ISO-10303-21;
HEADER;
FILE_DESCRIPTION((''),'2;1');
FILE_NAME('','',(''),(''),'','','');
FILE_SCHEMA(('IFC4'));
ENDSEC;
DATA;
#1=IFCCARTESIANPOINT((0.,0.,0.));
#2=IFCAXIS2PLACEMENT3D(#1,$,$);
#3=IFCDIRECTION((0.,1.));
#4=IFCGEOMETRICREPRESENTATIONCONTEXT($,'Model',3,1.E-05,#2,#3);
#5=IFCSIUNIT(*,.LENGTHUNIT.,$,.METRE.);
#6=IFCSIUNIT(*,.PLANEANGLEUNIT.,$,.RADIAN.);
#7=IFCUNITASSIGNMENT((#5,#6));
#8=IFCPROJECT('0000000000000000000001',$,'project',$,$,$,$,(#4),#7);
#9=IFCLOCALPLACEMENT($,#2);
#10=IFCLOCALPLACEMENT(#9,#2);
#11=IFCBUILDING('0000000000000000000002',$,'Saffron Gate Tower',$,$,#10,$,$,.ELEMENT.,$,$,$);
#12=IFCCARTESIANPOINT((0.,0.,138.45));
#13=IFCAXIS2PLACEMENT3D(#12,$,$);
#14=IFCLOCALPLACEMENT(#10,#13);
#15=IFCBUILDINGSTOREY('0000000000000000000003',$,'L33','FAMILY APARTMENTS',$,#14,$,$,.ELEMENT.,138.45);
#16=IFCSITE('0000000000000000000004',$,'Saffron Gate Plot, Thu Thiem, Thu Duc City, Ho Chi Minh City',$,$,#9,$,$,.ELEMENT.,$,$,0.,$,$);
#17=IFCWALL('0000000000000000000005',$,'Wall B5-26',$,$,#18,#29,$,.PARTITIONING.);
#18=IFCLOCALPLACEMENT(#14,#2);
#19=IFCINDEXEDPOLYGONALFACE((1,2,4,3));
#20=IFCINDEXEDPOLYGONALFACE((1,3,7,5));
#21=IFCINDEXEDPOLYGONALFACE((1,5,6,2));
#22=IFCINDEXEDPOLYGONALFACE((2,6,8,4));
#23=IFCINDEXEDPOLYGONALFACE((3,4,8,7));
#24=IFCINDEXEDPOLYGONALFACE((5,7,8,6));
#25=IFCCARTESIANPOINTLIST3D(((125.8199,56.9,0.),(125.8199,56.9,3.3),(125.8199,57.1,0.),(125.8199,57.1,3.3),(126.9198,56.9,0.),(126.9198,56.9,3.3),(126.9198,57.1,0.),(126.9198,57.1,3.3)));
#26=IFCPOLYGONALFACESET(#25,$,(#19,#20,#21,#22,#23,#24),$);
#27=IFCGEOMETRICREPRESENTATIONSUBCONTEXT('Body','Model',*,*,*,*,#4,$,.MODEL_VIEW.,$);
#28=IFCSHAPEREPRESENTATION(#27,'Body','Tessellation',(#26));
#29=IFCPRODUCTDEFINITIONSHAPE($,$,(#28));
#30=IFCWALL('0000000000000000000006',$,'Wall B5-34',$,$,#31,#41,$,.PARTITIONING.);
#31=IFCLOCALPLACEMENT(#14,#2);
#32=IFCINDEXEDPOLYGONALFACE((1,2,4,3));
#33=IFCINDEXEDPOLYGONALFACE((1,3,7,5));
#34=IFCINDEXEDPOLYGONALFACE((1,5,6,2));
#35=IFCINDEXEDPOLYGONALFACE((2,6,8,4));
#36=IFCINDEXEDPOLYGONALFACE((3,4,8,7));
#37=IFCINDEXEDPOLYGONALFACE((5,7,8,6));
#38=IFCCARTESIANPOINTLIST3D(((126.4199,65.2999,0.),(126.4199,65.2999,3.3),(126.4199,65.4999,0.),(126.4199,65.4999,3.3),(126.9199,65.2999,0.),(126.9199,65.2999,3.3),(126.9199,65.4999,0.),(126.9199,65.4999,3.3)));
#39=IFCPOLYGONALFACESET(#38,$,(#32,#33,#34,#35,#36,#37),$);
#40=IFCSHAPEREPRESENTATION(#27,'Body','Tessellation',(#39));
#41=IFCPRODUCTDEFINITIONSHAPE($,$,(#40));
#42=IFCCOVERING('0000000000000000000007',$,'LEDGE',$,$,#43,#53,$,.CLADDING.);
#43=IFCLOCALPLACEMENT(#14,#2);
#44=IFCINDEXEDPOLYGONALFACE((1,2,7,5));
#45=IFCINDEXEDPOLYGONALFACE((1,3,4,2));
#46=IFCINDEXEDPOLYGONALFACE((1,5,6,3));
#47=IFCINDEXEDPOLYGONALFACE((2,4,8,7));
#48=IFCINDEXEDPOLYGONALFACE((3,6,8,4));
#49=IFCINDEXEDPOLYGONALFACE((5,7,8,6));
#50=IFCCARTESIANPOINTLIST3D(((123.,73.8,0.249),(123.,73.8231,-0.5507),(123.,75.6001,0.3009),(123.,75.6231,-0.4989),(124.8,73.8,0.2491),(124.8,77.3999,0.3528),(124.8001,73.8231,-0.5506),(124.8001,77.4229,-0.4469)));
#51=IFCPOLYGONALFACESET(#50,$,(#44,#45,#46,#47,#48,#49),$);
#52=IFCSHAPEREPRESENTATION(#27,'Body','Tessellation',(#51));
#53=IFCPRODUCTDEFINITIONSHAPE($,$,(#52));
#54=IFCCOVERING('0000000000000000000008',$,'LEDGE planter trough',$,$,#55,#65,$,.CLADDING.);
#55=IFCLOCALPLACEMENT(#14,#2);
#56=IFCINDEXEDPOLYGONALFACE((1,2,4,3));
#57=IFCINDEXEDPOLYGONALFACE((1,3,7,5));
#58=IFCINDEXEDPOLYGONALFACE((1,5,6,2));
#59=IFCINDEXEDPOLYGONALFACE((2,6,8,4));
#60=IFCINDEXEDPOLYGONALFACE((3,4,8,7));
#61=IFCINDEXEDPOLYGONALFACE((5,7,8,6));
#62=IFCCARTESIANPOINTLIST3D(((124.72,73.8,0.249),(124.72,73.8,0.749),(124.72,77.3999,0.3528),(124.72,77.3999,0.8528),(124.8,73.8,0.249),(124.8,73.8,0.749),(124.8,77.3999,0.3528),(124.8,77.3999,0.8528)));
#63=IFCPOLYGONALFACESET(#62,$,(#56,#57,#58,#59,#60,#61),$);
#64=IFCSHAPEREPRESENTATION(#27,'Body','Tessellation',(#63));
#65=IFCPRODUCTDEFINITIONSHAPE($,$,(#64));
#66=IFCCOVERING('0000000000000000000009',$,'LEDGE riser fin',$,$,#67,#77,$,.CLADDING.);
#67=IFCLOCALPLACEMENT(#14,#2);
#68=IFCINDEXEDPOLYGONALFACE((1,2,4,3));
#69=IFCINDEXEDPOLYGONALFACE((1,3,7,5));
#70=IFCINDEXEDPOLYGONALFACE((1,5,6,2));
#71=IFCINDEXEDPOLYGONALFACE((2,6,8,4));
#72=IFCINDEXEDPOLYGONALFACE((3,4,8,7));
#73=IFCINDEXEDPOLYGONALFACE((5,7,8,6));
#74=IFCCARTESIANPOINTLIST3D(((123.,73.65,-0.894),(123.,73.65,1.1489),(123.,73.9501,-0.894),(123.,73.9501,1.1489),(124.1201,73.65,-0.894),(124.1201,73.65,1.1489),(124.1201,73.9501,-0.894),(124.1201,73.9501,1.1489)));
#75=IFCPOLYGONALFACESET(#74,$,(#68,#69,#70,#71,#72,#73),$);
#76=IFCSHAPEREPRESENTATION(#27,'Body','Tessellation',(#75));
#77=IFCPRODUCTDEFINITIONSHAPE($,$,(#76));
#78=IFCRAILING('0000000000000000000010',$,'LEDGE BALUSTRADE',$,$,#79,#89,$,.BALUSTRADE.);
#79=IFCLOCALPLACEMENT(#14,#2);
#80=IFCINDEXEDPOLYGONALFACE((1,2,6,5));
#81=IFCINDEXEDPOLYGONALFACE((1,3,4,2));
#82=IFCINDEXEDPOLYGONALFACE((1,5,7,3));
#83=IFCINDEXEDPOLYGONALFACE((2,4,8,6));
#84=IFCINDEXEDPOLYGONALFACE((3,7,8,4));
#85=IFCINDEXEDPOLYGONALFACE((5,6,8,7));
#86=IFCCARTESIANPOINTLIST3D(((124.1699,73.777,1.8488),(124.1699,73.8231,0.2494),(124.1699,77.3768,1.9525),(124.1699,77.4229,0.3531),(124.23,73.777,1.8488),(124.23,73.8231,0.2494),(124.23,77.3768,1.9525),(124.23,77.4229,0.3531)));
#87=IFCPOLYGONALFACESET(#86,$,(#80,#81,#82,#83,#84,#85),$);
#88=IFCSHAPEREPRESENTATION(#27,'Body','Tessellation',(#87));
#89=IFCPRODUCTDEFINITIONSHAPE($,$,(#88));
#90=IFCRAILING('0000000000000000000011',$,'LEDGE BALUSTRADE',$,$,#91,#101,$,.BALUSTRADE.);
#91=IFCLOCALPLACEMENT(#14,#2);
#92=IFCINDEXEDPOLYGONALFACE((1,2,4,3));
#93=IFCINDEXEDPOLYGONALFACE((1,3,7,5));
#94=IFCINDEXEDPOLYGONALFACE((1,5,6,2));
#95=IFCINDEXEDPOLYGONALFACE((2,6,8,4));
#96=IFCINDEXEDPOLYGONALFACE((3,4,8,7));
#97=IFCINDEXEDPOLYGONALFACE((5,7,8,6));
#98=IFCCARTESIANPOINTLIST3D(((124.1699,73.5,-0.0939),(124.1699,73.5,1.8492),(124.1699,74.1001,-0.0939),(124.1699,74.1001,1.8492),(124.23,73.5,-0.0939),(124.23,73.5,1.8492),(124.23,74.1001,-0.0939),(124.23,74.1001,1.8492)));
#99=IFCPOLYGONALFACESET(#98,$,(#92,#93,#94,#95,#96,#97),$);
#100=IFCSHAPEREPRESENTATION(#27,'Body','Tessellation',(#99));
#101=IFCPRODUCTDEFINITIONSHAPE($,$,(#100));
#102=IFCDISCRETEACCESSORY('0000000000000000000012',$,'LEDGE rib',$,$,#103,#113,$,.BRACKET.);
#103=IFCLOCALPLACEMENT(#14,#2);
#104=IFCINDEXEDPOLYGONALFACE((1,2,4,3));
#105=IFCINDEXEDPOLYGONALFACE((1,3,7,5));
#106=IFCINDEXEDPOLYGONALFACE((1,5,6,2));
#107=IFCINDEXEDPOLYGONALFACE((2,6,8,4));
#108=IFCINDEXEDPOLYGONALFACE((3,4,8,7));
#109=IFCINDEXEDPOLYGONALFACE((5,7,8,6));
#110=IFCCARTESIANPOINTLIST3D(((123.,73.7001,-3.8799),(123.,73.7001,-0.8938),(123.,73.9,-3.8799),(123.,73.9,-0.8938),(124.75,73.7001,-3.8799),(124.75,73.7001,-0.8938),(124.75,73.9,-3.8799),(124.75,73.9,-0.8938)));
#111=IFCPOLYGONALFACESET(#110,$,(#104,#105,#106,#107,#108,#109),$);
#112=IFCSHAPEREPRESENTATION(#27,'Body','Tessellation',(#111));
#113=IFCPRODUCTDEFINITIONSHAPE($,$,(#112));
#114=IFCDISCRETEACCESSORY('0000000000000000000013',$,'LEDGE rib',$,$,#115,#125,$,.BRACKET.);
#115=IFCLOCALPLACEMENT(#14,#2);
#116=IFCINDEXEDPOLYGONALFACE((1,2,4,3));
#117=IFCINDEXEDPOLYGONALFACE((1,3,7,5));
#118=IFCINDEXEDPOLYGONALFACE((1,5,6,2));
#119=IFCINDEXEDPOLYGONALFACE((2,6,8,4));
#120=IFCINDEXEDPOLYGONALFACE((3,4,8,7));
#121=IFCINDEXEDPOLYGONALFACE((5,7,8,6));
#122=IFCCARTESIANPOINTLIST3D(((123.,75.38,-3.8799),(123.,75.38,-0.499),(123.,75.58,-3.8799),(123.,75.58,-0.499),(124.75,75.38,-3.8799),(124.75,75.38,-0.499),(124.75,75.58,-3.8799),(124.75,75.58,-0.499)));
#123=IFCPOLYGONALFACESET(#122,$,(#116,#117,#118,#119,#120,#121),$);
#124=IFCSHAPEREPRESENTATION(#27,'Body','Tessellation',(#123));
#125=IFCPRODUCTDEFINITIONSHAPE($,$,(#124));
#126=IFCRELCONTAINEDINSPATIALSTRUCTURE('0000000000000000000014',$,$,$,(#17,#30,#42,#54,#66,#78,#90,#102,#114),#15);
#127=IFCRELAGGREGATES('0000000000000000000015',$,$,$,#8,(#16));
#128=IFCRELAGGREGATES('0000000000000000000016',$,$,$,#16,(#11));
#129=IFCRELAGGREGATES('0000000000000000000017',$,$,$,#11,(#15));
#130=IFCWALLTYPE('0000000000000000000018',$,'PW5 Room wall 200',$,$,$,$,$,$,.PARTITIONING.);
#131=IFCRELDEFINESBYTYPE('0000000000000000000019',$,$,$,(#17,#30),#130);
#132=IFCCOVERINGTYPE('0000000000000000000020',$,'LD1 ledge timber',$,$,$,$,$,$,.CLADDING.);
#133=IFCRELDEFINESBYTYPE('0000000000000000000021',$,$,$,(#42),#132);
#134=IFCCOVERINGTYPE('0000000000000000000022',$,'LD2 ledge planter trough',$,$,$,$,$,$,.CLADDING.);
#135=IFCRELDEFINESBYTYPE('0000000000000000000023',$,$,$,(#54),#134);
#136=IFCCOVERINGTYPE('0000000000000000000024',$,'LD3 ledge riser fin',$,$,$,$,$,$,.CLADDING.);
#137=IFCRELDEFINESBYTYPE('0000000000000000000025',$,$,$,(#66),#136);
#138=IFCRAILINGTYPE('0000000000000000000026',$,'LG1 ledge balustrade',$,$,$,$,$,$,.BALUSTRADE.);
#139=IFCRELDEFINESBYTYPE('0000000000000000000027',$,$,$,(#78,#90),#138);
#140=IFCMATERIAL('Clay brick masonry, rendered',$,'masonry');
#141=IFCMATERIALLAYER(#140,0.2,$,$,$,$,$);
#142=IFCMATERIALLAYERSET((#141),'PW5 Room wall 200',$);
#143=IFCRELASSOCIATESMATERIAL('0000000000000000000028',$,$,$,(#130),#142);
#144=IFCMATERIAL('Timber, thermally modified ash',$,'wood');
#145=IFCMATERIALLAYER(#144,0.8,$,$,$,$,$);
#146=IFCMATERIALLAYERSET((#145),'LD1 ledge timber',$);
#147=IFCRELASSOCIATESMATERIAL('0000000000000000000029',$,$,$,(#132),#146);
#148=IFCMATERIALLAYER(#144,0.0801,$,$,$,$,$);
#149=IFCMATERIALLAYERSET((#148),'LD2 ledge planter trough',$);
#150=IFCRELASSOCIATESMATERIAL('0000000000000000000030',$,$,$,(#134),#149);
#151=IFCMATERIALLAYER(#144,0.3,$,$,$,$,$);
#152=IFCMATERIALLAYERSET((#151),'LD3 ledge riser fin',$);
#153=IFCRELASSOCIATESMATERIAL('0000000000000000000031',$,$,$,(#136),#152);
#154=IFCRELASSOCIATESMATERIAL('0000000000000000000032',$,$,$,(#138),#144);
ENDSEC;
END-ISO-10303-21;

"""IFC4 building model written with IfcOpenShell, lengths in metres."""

from ifc_helpers import new_model, si_unit, direction, frame, frame_2d, origin, origin_2d, place, context, subcontext, project, spatial, polyline, rectangle, outline, extrude, material, layer, layer_set, type_object, element, save


model = new_model("IFC4")

# Units and contexts
model_context = context("Model", 3, precision=1e-05, world=origin(), true_north=direction((0.0, 1.0)))
body_context = subcontext(model_context, "Body", "Model", "MODEL_VIEW")
ifc_project = project(units=[si_unit("LENGTHUNIT", "METRE"), si_unit("PLANEANGLEUNIT", "RADIAN")], contexts=[model_context])

# Site, building, storey
site_placement = place(None, origin())
site = spatial("IfcSite", under=ifc_project, at=site_placement, Name="Saffron Gate Plot, Thu Thiem, Thu Duc City, Ho Chi Minh City", CompositionType="ELEMENT", RefElevation=0.0)
building_placement = place(site_placement, origin())
building = spatial("IfcBuilding", under=site, at=building_placement, Name="Saffron Gate Tower", CompositionType="ELEMENT")
storey_placement = place(building_placement, frame((0.0, 0.0, 138.45)))
storey = spatial("IfcBuildingStorey", under=building, at=storey_placement, Name="L33", Description="FAMILY APARTMENTS", CompositionType="ELEMENT", Elevation=138.45)

# Walls
ifc_material_1 = material(Name="Clay brick masonry, rendered", Category="masonry")
ifc_layer_1 = layer(ifc_material_1, 0.2)
ifc_layer_set_1 = layer_set([ifc_layer_1], Name="PW5 Room wall 200")
wall_type = type_object("IfcWallType", Name="PW5 Room wall 200", PredefinedType="PARTITIONING", material=ifc_layer_set_1)
wall_1_placement = place(storey_placement, frame((125.8201, 57.0, 0.0), z_axis=(0.0, 0.0, 1.0), x_axis=(1.0, 0.0, 0.0)))
element("IfcWall", 1, at=wall_1_placement, inside=storey, type_object=wall_type, Name="Wall B5-26", PredefinedType="PARTITIONING", context=body_context, shape_type="SweptSolid", body=[
    extrude(rectangle(XDim=1.0999, YDim=0.2, at=frame_2d((0.5498, 0.0))), origin(), (0.0, 0.0, 1.0), 3.3),
])
wall_2_placement = place(storey_placement, frame((126.4199, 65.3999, 0.0), z_axis=(0.0, 0.0, 1.0), x_axis=(1.0, 0.0, 0.0)))
element("IfcWall", 2, at=wall_2_placement, inside=storey, type_object=wall_type, Name="Wall B5-34", PredefinedType="PARTITIONING", context=body_context, shape_type="SweptSolid", body=[
    extrude(rectangle(XDim=0.5, YDim=0.2, at=frame_2d((0.25, 0.0))), origin(), (0.0, 0.0, 1.0), 3.3),
])

# Coverings
ifc_material_2 = material(Name="Timber, thermally modified ash", Category="wood")
ifc_layer_2 = layer(ifc_material_2, 0.8)
ifc_layer_set_2 = layer_set([ifc_layer_2], Name="LD1 ledge timber")
covering_type_1 = type_object("IfcCoveringType", Name="LD1 ledge timber", PredefinedType="CLADDING", material=ifc_layer_set_2)
covering_1_placement = place(storey_placement, frame((123.0, 73.8, 0.249), z_axis=(-0.000046, -0.028788, 0.999586), x_axis=(0.0, 0.999586, 0.028788)))
element("IfcCovering", 3, at=covering_1_placement, inside=storey, type_object=covering_type_1, Name="LEDGE", PredefinedType="CLADDING", context=body_context, shape_type="SweptSolid", body=[
    extrude(outline(polyline([(0.0, 0.0), (1.8008, 0.0), (3.6013, -1.8), (0.0, -1.8), (0.0, 0.0)])), origin(), (0.0, 0.0, -1.0), 0.8),
])
ifc_layer_3 = layer(ifc_material_2, 0.0801)
ifc_layer_set_3 = layer_set([ifc_layer_3], Name="LD2 ledge planter trough")
covering_type_2 = type_object("IfcCoveringType", Name="LD2 ledge planter trough", PredefinedType="CLADDING", material=ifc_layer_set_3)
covering_2_placement = place(storey_placement, frame((124.8, 73.8, 0.249), z_axis=(1.0, 0.0, 0.0), x_axis=(0.0, 0.999585, 0.028811)))
element("IfcCovering", 4, at=covering_2_placement, inside=storey, type_object=covering_type_2, Name="LEDGE planter trough", PredefinedType="CLADDING", context=body_context, shape_type="SweptSolid", body=[
    extrude(outline(polyline([(0.0, 0.0), (3.6013, 0.0), (3.6158, 0.4998), (0.0144, 0.4998), (0.0, 0.0)])), origin(), (0.0, 0.0, -1.0), 0.0801),
])
ifc_layer_4 = layer(ifc_material_2, 0.3)
ifc_layer_set_4 = layer_set([ifc_layer_4], Name="LD3 ledge riser fin")
covering_type_3 = type_object("IfcCoveringType", Name="LD3 ledge riser fin", PredefinedType="CLADDING", material=ifc_layer_set_4)
covering_3_placement = place(storey_placement, frame((123.5601, 73.8, -0.894), z_axis=(0.0, 0.0, 1.0), x_axis=(0.0, 1.0, 0.0)))
element("IfcCovering", 5, at=covering_3_placement, inside=storey, type_object=covering_type_3, Name="LEDGE riser fin", PredefinedType="CLADDING", context=body_context, shape_type="SweptSolid", body=[
    extrude(rectangle(XDim=0.3, YDim=1.1201, at=origin_2d()), origin(), (0.0, 0.0, 1.0), 2.043),
])

# Railings
railing_type = type_object("IfcRailingType", Name="LG1 ledge balustrade", PredefinedType="BALUSTRADE", material=ifc_material_2)
railing_1_placement = place(storey_placement, frame((124.2, 73.8, 0.249)))
element("IfcRailing", 6, at=railing_1_placement, inside=storey, type_object=railing_type, Name="LEDGE BALUSTRADE", PredefinedType="BALUSTRADE", context=body_context, shape_type="SweptSolid", body=[
    extrude(rectangle(XDim=0.0601, YDim=1.6001, at=origin_2d()), frame((0.0, 0.0, 0.8), z_axis=(0.0, 0.999585, 0.028811), x_axis=(-1.0, 0.0, 0.0)), (0.0, 0.0, 1.0), 3.6013),
])
railing_2_placement = place(storey_placement, frame((124.2, 73.5, -0.094)))
element("IfcRailing", 7, at=railing_2_placement, inside=storey, type_object=railing_type, Name="LEDGE BALUSTRADE", PredefinedType="BALUSTRADE", context=body_context, shape_type="SweptSolid", body=[
    extrude(rectangle(XDim=0.0601, YDim=1.9431, at=origin_2d()), frame((0.0, 0.0, 0.9717), z_axis=(0.0, 1.0, 0.0), x_axis=(-1.0, 0.0, 0.0)), (0.0, 0.0, 1.0), 0.6001),
])

# Discrete accessories
discrete_accessory_1_placement = place(storey_placement, frame((123.875, 73.8, -3.8799), z_axis=(0.0, 0.0, 1.0), x_axis=(0.0, 1.0, 0.0)))
element("IfcDiscreteAccessory", 8, at=discrete_accessory_1_placement, inside=storey, Name="LEDGE rib", PredefinedType="BRACKET", context=body_context, shape_type="SweptSolid", body=[
    extrude(rectangle(XDim=0.2, YDim=1.75, at=origin_2d()), origin(), (0.0, 0.0, 1.0), 2.9861),
])
discrete_accessory_2_placement = place(storey_placement, frame((123.875, 75.48, -3.8799), z_axis=(0.0, 0.0, 1.0), x_axis=(0.0, 1.0, 0.0)))
element("IfcDiscreteAccessory", 9, at=discrete_accessory_2_placement, inside=storey, Name="LEDGE rib", PredefinedType="BRACKET", context=body_context, shape_type="SweptSolid", body=[
    extrude(rectangle(XDim=0.2, YDim=1.75, at=origin_2d()), origin(), (0.0, 0.0, 1.0), 3.3809),
])

save(model, "model.ifc")
